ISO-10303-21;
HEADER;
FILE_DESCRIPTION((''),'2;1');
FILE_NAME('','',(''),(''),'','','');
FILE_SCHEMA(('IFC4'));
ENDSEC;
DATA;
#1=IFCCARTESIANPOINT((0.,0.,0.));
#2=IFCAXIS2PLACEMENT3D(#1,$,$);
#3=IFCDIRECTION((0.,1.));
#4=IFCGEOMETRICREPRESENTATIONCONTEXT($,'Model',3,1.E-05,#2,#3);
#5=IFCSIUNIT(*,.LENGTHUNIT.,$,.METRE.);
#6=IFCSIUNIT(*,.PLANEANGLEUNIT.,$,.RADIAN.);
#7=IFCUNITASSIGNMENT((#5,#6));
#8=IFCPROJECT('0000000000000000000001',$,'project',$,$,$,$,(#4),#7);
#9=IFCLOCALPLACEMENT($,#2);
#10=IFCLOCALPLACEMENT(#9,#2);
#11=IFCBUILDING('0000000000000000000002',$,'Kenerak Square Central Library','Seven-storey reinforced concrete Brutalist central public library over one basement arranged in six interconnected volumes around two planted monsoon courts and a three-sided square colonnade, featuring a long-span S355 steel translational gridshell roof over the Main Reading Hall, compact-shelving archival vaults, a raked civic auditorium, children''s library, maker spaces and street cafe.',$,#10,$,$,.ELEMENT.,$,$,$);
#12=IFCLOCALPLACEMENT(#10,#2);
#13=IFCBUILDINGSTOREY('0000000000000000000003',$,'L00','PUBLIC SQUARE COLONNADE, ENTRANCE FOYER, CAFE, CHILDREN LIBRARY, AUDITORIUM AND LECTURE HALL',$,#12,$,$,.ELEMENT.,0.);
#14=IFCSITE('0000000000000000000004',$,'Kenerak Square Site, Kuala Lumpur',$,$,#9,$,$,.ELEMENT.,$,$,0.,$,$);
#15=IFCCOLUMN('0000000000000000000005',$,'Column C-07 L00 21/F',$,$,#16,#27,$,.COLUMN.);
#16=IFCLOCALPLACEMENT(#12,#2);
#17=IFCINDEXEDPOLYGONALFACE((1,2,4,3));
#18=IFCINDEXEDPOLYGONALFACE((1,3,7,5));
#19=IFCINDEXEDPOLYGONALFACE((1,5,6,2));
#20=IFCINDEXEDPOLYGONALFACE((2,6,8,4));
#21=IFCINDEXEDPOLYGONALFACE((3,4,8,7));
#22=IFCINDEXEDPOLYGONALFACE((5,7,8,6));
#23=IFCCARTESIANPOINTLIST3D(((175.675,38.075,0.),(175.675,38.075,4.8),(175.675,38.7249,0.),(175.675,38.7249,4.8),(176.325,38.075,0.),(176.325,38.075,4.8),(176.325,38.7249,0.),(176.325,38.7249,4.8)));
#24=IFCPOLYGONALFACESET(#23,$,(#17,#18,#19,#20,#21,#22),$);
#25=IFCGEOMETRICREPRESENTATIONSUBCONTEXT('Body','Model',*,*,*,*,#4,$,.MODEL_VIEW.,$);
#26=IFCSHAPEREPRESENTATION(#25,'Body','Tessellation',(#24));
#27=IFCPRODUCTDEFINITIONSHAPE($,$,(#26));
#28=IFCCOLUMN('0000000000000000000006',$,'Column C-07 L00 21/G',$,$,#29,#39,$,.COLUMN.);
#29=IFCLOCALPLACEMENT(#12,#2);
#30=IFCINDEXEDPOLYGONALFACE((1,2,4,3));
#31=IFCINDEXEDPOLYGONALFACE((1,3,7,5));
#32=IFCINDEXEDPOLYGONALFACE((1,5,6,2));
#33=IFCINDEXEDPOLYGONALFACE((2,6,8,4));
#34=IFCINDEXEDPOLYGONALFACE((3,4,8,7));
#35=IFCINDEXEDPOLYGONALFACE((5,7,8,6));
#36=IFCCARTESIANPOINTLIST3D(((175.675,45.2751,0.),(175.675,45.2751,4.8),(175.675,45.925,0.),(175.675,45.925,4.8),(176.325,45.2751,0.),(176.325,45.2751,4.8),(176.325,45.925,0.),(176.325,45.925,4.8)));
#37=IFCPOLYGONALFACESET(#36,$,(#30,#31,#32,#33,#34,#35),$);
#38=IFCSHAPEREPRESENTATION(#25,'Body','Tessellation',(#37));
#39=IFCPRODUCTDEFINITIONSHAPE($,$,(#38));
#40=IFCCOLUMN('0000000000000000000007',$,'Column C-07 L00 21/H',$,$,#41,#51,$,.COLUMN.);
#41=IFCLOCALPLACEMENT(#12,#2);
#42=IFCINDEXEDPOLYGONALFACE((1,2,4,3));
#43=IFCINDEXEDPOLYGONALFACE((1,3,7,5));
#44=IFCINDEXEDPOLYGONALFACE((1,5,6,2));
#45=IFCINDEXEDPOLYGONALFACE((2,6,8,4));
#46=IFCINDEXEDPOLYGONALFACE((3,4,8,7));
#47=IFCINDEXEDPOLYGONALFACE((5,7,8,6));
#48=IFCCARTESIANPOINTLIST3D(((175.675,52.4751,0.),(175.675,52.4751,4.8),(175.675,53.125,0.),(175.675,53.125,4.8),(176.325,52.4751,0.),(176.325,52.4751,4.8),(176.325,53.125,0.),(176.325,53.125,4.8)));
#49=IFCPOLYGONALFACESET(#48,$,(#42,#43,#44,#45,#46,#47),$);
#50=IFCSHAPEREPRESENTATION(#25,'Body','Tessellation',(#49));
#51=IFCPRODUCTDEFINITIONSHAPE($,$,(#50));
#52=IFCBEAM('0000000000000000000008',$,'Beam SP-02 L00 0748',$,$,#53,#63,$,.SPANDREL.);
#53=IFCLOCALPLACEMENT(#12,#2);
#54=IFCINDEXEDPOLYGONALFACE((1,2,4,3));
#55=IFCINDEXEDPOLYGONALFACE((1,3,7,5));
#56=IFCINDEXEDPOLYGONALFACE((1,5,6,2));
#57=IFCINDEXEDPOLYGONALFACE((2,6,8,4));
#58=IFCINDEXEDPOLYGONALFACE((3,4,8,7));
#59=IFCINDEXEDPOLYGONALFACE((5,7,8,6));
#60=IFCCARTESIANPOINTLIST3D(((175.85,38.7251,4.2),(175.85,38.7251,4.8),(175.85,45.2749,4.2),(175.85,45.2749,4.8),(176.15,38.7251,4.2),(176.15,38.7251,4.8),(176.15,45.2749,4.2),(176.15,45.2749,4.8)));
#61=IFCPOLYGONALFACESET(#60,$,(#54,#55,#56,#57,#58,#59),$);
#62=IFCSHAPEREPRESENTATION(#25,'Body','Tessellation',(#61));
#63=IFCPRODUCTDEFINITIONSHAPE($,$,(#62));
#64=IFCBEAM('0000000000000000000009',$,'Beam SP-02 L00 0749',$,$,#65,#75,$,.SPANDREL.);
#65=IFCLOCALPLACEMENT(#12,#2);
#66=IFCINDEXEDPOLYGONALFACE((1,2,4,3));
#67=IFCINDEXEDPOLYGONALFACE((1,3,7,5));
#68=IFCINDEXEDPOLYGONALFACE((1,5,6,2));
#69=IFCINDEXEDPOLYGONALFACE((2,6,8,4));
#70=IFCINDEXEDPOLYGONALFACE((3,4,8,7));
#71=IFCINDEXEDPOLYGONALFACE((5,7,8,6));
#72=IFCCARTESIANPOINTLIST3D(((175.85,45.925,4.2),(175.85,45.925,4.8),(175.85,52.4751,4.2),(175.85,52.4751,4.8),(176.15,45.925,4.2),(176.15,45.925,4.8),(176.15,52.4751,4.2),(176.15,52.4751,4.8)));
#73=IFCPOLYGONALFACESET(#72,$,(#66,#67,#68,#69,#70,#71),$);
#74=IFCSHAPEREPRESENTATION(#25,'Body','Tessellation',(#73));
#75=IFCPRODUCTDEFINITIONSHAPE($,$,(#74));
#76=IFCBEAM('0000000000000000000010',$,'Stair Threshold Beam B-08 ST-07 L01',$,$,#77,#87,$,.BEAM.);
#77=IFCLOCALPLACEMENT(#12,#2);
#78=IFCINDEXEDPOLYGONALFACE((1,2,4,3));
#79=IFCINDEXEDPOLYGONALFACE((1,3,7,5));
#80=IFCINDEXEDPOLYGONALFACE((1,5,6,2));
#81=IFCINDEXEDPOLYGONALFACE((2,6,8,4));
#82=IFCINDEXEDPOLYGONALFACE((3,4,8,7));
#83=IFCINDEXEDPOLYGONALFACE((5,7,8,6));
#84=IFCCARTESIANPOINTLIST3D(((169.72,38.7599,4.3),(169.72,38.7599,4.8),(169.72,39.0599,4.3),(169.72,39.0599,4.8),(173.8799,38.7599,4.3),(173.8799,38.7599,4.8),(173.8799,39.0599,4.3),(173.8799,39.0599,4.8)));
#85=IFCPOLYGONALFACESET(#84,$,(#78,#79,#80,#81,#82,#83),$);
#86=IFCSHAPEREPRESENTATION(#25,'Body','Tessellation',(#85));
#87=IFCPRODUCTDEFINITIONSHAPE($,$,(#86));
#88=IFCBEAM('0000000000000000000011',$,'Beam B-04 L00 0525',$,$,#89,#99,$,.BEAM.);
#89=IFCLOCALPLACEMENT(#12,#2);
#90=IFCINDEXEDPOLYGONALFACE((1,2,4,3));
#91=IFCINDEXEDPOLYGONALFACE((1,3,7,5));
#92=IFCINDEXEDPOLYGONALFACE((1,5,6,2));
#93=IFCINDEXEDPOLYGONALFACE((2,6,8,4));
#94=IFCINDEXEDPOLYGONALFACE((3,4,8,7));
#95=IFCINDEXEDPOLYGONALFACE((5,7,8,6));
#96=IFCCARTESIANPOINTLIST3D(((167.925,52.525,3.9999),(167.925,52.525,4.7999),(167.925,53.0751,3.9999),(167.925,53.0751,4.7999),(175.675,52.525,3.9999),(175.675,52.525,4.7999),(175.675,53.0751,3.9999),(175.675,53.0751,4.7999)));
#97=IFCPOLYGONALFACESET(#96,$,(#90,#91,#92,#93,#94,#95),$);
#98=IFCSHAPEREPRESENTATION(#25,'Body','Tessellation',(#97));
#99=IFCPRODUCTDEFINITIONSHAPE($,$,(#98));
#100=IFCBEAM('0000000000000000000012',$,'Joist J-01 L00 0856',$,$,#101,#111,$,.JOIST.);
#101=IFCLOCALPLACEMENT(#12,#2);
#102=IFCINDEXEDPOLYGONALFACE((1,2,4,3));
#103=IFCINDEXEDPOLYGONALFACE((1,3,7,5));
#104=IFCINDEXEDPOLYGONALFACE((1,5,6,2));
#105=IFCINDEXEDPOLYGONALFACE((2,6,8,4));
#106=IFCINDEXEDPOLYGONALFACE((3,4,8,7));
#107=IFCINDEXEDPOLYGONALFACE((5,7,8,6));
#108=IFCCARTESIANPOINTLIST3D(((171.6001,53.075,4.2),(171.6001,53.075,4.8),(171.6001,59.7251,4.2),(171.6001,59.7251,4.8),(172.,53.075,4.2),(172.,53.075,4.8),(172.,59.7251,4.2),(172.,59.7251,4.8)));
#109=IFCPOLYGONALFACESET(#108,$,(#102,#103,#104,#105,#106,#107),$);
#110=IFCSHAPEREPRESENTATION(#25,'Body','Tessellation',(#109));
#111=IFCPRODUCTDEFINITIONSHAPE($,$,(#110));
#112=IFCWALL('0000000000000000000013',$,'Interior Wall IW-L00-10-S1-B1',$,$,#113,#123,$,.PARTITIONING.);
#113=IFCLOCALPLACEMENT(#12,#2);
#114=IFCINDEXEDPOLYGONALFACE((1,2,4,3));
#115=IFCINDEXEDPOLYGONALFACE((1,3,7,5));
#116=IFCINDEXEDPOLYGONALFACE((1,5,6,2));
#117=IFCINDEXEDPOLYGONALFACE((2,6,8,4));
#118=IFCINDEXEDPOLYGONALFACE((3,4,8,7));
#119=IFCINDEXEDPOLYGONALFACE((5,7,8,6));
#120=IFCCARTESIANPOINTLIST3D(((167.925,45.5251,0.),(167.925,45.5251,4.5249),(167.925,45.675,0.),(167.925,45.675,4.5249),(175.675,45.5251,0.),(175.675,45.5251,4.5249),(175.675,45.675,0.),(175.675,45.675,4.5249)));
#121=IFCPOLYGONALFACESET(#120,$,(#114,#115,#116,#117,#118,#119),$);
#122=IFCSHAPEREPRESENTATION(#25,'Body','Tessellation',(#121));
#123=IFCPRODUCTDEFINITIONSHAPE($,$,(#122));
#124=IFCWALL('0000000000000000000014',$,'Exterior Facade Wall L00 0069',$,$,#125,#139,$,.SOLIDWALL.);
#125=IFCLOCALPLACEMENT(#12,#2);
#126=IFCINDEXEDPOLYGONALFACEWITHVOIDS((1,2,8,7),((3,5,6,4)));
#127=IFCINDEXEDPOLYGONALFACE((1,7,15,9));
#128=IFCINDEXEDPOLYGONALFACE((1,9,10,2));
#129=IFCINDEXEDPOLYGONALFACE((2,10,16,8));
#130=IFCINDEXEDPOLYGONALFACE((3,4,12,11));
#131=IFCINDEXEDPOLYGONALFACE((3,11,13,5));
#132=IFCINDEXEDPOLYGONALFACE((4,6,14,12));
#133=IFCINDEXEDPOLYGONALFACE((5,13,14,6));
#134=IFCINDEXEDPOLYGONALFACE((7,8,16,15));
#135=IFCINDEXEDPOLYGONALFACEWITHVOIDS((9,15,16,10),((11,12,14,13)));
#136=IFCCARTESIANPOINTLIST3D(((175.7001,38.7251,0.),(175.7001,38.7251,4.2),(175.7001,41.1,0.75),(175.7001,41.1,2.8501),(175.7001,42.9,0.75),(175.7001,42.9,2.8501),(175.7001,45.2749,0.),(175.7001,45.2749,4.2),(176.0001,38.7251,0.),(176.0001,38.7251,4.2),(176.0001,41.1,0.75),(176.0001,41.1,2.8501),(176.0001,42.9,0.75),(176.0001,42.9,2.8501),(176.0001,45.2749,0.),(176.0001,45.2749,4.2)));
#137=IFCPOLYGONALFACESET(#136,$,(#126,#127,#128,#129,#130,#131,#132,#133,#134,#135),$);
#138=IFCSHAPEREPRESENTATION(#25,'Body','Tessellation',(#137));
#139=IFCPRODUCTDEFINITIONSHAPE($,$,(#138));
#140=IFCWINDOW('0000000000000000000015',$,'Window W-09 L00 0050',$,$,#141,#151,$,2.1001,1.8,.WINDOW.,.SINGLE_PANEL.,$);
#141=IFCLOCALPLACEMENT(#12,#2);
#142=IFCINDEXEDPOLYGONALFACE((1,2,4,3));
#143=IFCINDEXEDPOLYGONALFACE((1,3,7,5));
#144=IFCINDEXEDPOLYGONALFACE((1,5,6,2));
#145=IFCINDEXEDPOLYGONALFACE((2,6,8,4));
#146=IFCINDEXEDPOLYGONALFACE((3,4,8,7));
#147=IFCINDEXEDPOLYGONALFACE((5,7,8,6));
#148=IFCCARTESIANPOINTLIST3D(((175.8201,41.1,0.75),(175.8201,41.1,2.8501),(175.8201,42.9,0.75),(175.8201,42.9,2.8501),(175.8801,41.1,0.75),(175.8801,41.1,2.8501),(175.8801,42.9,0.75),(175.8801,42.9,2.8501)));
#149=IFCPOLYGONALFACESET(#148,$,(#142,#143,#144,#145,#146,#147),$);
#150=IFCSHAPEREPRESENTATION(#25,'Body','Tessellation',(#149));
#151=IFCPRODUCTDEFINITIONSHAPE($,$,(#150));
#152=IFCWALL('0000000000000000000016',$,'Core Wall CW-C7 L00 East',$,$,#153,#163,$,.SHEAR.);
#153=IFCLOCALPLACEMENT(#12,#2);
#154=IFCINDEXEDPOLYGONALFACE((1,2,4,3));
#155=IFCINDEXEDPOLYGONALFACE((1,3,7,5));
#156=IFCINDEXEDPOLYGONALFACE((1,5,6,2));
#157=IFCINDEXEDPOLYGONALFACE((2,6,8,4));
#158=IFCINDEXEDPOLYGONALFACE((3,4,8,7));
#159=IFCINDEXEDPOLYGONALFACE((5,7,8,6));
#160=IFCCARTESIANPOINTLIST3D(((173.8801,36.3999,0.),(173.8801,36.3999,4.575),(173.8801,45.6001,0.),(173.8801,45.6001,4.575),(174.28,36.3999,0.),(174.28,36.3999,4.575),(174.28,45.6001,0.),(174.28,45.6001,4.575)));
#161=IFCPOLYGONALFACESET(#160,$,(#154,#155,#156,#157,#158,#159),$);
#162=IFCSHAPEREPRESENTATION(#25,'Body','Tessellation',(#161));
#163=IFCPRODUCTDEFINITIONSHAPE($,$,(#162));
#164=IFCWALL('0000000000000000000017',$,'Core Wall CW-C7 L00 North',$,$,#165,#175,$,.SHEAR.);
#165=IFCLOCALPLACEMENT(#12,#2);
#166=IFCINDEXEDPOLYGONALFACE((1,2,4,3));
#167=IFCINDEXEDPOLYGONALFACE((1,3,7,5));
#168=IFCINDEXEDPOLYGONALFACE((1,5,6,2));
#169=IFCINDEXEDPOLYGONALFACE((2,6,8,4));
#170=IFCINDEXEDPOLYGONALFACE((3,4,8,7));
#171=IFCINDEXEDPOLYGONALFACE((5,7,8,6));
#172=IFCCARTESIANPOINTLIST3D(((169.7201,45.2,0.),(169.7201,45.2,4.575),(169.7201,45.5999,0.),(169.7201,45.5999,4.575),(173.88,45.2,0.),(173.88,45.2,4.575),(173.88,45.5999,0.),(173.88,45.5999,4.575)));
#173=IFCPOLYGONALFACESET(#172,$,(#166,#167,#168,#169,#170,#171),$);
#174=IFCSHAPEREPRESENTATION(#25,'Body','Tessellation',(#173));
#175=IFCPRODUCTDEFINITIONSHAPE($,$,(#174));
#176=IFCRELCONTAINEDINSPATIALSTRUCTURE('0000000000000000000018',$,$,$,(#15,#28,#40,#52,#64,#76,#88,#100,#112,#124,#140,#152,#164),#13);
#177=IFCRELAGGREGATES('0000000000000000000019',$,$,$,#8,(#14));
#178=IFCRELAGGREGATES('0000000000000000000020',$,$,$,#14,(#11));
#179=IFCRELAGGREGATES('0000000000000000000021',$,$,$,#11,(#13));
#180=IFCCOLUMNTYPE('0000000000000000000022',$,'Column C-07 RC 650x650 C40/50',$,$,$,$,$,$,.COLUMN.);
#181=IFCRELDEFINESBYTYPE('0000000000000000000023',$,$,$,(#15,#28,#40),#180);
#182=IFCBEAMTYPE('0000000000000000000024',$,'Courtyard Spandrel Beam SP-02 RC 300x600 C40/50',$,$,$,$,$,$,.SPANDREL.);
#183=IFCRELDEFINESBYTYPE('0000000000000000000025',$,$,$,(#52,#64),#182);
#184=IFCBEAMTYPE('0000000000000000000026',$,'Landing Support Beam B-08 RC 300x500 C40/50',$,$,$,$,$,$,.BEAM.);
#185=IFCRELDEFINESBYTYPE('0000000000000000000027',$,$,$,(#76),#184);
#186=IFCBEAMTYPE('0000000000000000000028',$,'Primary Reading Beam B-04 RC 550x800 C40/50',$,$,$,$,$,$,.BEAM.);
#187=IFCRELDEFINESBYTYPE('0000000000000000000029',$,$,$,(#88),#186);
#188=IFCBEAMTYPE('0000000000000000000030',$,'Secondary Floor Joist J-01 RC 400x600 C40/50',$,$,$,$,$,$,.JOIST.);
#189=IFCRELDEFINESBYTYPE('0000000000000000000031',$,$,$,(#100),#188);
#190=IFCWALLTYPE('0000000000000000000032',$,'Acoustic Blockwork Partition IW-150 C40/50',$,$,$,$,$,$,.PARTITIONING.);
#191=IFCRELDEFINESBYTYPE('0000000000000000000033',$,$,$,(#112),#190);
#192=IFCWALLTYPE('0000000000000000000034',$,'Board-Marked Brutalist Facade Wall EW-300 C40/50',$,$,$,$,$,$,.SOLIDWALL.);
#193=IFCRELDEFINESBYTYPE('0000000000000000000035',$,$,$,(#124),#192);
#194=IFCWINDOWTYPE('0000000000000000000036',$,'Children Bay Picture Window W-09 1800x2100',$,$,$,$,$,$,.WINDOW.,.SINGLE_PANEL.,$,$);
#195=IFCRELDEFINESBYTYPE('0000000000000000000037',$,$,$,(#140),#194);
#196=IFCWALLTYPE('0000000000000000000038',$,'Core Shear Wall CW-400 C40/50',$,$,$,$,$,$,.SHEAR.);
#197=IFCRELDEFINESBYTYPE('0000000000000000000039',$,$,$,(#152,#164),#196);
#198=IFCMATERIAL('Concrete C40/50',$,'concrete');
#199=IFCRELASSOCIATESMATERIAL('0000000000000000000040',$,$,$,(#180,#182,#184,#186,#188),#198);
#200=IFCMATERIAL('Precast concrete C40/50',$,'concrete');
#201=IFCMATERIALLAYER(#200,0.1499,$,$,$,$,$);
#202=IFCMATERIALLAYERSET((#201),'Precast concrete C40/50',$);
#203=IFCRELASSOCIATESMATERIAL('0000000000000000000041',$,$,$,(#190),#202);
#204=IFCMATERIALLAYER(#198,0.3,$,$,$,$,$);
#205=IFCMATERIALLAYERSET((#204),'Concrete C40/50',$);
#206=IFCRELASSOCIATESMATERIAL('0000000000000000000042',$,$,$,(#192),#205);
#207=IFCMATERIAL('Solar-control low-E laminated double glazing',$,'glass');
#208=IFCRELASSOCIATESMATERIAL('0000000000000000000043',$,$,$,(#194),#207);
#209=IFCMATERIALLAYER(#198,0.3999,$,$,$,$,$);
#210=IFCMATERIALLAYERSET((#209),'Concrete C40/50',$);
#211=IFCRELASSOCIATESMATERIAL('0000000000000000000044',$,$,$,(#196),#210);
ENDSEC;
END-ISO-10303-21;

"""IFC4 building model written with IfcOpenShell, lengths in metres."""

from ifc_helpers import new_model, si_unit, direction, frame, frame_2d, origin, origin_2d, place, context, subcontext, project, spatial, rectangle, extrude, material, layer, layer_set, material_profile, profile_set, type_object, element, fill, save


model = new_model("IFC4")

# Units and contexts
model_context = context("Model", 3, precision=1e-05, world=origin(), true_north=direction((0.0, 1.0)))
body_context = subcontext(model_context, "Body", "Model", "MODEL_VIEW")
ifc_project = project(units=[si_unit("LENGTHUNIT", "METRE"), si_unit("PLANEANGLEUNIT", "RADIAN")], contexts=[model_context])

# Site, building, storey
site_placement = place(None, origin())
site = spatial("IfcSite", under=ifc_project, at=site_placement, Name="Kenerak Square Site, Kuala Lumpur", CompositionType="ELEMENT", RefElevation=0.0)
building_placement = place(site_placement, origin())
building = spatial("IfcBuilding", under=site, at=building_placement, Name="Kenerak Square Central Library", Description="Seven-storey reinforced concrete Brutalist central public library over one basement arranged in six interconnected volumes around two planted monsoon courts and a three-sided square colonnade, featuring a long-span S355 steel translational gridshell roof over the Main Reading Hall, compact-shelving archival vaults, a raked civic auditorium, children's library, maker spaces and street cafe.", CompositionType="ELEMENT")
storey_placement = place(building_placement, origin())
storey = spatial("IfcBuildingStorey", under=building, at=storey_placement, Name="L00", Description="PUBLIC SQUARE COLONNADE, ENTRANCE FOYER, CAFE, CHILDREN LIBRARY, AUDITORIUM AND LECTURE HALL", CompositionType="ELEMENT", Elevation=0.0)

# Columns
ifc_material_1 = material(Name="Concrete C40/50", Category="concrete")
ifc_material_profile_1 = material_profile(ifc_material_1, rectangle(XDim=0.6499, YDim=0.6499, at=origin_2d()), Name="RC 650x650")
ifc_profile_set_1 = profile_set([ifc_material_profile_1], Name="Concrete C40/50")
column_type = type_object("IfcColumnType", Name="Column C-07 RC 650x650 C40/50", PredefinedType="COLUMN", material=ifc_profile_set_1)
for number, where, z_axis, x_axis, name in (
    (1, (176.0, 38.3999, 0.0), (0.0, 0.0, 1.0), (1.0, 0.0, 0.0), "Column C-07 L00 21/F"),
    (2, (176.0, 45.6001, 0.0), (0.0, 0.0, 1.0), (1.0, 0.0, 0.0), "Column C-07 L00 21/G"),
    (3, (176.0, 52.8, 0.0), (0.0, 0.0, 1.0), (1.0, 0.0, 0.0), "Column C-07 L00 21/H"),
):
    element("IfcColumn", number, at=place(storey_placement, frame(where, z_axis=z_axis, x_axis=x_axis)), inside=storey, type_object=column_type, Name=name, PredefinedType="COLUMN", context=body_context, shape_type="SweptSolid", body=[
        extrude(rectangle(XDim=0.6499, YDim=0.6499, at=origin_2d()), origin(), (0.0, 0.0, 1.0), 4.8),
    ])

# Beams
ifc_material_profile_2 = material_profile(ifc_material_1, rectangle(XDim=0.3, YDim=0.6001, at=origin_2d()), Name="RC 300x600")
ifc_profile_set_2 = profile_set([ifc_material_profile_2], Name="Concrete C40/50")
beam_type_1 = type_object("IfcBeamType", Name="Courtyard Spandrel Beam SP-02 RC 300x600 C40/50", PredefinedType="SPANDREL", material=ifc_profile_set_2)
beam_1_placement = place(storey_placement, frame((176.0, 38.7251, 4.5), z_axis=(0.0, 1.0, 0.0), x_axis=(-1.0, 0.0, 0.0)))
element("IfcBeam", 4, at=beam_1_placement, inside=storey, type_object=beam_type_1, Name="Beam SP-02 L00 0748", PredefinedType="SPANDREL", context=body_context, shape_type="SweptSolid", body=[
    extrude(rectangle(XDim=0.3, YDim=0.6001, at=origin_2d()), origin(), (0.0, 0.0, 1.0), 6.5498),
])
beam_2_placement = place(storey_placement, frame((176.0, 45.925, 4.5), z_axis=(0.0, 1.0, 0.0), x_axis=(-1.0, 0.0, 0.0)))
element("IfcBeam", 5, at=beam_2_placement, inside=storey, type_object=beam_type_1, Name="Beam SP-02 L00 0749", PredefinedType="SPANDREL", context=body_context, shape_type="SweptSolid", body=[
    extrude(rectangle(XDim=0.3, YDim=0.6001, at=origin_2d()), origin(), (0.0, 0.0, 1.0), 6.55),
])
ifc_material_profile_3 = material_profile(ifc_material_1, rectangle(XDim=0.3, YDim=0.5, at=origin_2d()), Name="RC 300x500")
ifc_profile_set_3 = profile_set([ifc_material_profile_3], Name="Concrete C40/50")
beam_type_2 = type_object("IfcBeamType", Name="Landing Support Beam B-08 RC 300x500 C40/50", PredefinedType="BEAM", material=ifc_profile_set_3)
beam_3_placement = place(storey_placement, frame((169.72, 38.9099, 4.55), z_axis=(1.0, 0.0, 0.0), x_axis=(0.0, 1.0, 0.0)))
element("IfcBeam", 6, at=beam_3_placement, inside=storey, type_object=beam_type_2, Name="Stair Threshold Beam B-08 ST-07 L01", PredefinedType="BEAM", context=body_context, shape_type="SweptSolid", body=[
    extrude(rectangle(XDim=0.3, YDim=0.5, at=origin_2d()), origin(), (0.0, 0.0, 1.0), 4.1599),
])
ifc_material_profile_4 = material_profile(ifc_material_1, rectangle(XDim=0.55, YDim=0.8, at=origin_2d()), Name="RC 550x800")
ifc_profile_set_4 = profile_set([ifc_material_profile_4], Name="Concrete C40/50")
beam_type_3 = type_object("IfcBeamType", Name="Primary Reading Beam B-04 RC 550x800 C40/50", PredefinedType="BEAM", material=ifc_profile_set_4)
beam_4_placement = place(storey_placement, frame((167.925, 52.8, 4.3999), z_axis=(1.0, 0.0, 0.0), x_axis=(0.0, 1.0, 0.0)))
element("IfcBeam", 7, at=beam_4_placement, inside=storey, type_object=beam_type_3, Name="Beam B-04 L00 0525", PredefinedType="BEAM", context=body_context, shape_type="SweptSolid", body=[
    extrude(rectangle(XDim=0.55, YDim=0.8, at=origin_2d()), origin(), (0.0, 0.0, 1.0), 7.75),
])
ifc_material_profile_5 = material_profile(ifc_material_1, rectangle(XDim=0.3999, YDim=0.6001, at=origin_2d()), Name="RC 400x600")
ifc_profile_set_5 = profile_set([ifc_material_profile_5], Name="Concrete C40/50")
beam_type_4 = type_object("IfcBeamType", Name="Secondary Floor Joist J-01 RC 400x600 C40/50", PredefinedType="JOIST", material=ifc_profile_set_5)
beam_5_placement = place(storey_placement, frame((171.8, 53.075, 4.5), z_axis=(0.0, 1.0, 0.0), x_axis=(-1.0, 0.0, 0.0)))
element("IfcBeam", 8, at=beam_5_placement, inside=storey, type_object=beam_type_4, Name="Joist J-01 L00 0856", PredefinedType="JOIST", context=body_context, shape_type="SweptSolid", body=[
    extrude(rectangle(XDim=0.3999, YDim=0.6001, at=origin_2d()), origin(), (0.0, 0.0, 1.0), 6.6501),
])

# Wall
ifc_material_2 = material(Name="Precast concrete C40/50", Category="concrete")
ifc_layer_1 = layer(ifc_material_2, 0.1499)
ifc_layer_set_1 = layer_set([ifc_layer_1], Name="Precast concrete C40/50")
wall_type_1 = type_object("IfcWallType", Name="Acoustic Blockwork Partition IW-150 C40/50", PredefinedType="PARTITIONING", material=ifc_layer_set_1)
wall_1_placement = place(storey_placement, frame((175.675, 45.6001, 0.0), z_axis=(0.0, 0.0, 1.0), x_axis=(-1.0, 0.0, 0.0)))
element("IfcWall", 9, at=wall_1_placement, inside=storey, type_object=wall_type_1, Name="Interior Wall IW-L00-10-S1-B1", PredefinedType="PARTITIONING", context=body_context, shape_type="SweptSolid", body=[
    extrude(rectangle(XDim=7.75, YDim=0.1499, at=frame_2d((3.875, 0.0))), origin(), (0.0, 0.0, 1.0), 4.5249),
])

# Shared definitions
ifc_layer_2 = layer(ifc_material_1, 0.3)
ifc_layer_set_2 = layer_set([ifc_layer_2], Name="Concrete C40/50")
wall_type_2 = type_object("IfcWallType", Name="Board-Marked Brutalist Facade Wall EW-300 C40/50", PredefinedType="SOLIDWALL", material=ifc_layer_set_2)

# Wall, opening, window
wall_2_placement = place(storey_placement, frame((175.8501, 45.2749, 0.0), z_axis=(0.0, 0.0, 1.0), x_axis=(0.0, -1.0, 0.0)))
wall_2 = element("IfcWall", 10, at=wall_2_placement, inside=storey, type_object=wall_type_2, Name="Exterior Facade Wall L00 0069", PredefinedType="SOLIDWALL", context=body_context, shape_type="SweptSolid", body=[
    extrude(rectangle(XDim=6.5498, YDim=0.3, at=frame_2d((3.2749, 0.0))), origin(), (0.0, 0.0, 1.0), 4.2),
])
opening_1_placement = place(wall_2_placement, frame((2.375, 0.0, 0.75)))
opening_1 = element("IfcOpeningElement", 11, at=opening_1_placement, cuts=wall_2, PredefinedType="OPENING", context=body_context, shape_type="SweptSolid", body=[
    extrude(rectangle(XDim=1.8, YDim=2.1001, at=frame_2d((0.8999, 1.05))), frame((0.0, 0.1599, 0.0), z_axis=(0.0, -1.0, 0.0), x_axis=(1.0, 0.0, 0.0)), (0.0, 0.0, 1.0), 0.3201),
])
ifc_material_3 = material(Name="Solar-control low-E laminated double glazing", Category="glass")
window_type = type_object("IfcWindowType", Name="Children Bay Picture Window W-09 1800x2100", PartitioningType="SINGLE_PANEL", PredefinedType="WINDOW", material=ifc_material_3)
window_placement = place(opening_1_placement, origin())
window = element("IfcWindow", 12, at=window_placement, inside=storey, type_object=window_type, Name="Window W-09 L00 0050", OverallHeight=2.1001, OverallWidth=1.8, PartitioningType="SINGLE_PANEL", PredefinedType="WINDOW", context=body_context, shape_type="SweptSolid", body=[
    extrude(rectangle(XDim=1.8, YDim=2.1001, at=frame_2d((0.8999, 1.05))), frame((0.0, 0.03, 0.0), z_axis=(0.0, -1.0, 0.0), x_axis=(1.0, 0.0, 0.0)), (0.0, 0.0, 1.0), 0.0601),
])
fill(opening_1, window)

# Walls
ifc_layer_3 = layer(ifc_material_1, 0.3999)
ifc_layer_set_3 = layer_set([ifc_layer_3], Name="Concrete C40/50")
wall_type_3 = type_object("IfcWallType", Name="Core Shear Wall CW-400 C40/50", PredefinedType="SHEAR", material=ifc_layer_set_3)
wall_3_placement = place(storey_placement, frame((174.0801, 45.6001, 0.0), z_axis=(0.0, 0.0, 1.0), x_axis=(0.0, -1.0, 0.0)))
element("IfcWall", 13, at=wall_3_placement, inside=storey, type_object=wall_type_3, Name="Core Wall CW-C7 L00 East", PredefinedType="SHEAR", context=body_context, shape_type="SweptSolid", body=[
    extrude(rectangle(XDim=9.2002, YDim=0.3999, at=frame_2d((4.6001, 0.0))), origin(), (0.0, 0.0, 1.0), 4.575),
])
wall_4_placement = place(storey_placement, frame((169.72, 45.3999, 0.0), z_axis=(0.0, 0.0, 1.0), x_axis=(1.0, 0.0, 0.0)))
element("IfcWall", 14, at=wall_4_placement, inside=storey, type_object=wall_type_3, Name="Core Wall CW-C7 L00 North", PredefinedType="SHEAR", context=body_context, shape_type="SweptSolid", body=[
    extrude(rectangle(XDim=4.1599, YDim=0.3999, at=frame_2d((2.0801, 0.0))), origin(), (0.0, 0.0, 1.0), 4.575),
])

save(model, "model.ifc")
